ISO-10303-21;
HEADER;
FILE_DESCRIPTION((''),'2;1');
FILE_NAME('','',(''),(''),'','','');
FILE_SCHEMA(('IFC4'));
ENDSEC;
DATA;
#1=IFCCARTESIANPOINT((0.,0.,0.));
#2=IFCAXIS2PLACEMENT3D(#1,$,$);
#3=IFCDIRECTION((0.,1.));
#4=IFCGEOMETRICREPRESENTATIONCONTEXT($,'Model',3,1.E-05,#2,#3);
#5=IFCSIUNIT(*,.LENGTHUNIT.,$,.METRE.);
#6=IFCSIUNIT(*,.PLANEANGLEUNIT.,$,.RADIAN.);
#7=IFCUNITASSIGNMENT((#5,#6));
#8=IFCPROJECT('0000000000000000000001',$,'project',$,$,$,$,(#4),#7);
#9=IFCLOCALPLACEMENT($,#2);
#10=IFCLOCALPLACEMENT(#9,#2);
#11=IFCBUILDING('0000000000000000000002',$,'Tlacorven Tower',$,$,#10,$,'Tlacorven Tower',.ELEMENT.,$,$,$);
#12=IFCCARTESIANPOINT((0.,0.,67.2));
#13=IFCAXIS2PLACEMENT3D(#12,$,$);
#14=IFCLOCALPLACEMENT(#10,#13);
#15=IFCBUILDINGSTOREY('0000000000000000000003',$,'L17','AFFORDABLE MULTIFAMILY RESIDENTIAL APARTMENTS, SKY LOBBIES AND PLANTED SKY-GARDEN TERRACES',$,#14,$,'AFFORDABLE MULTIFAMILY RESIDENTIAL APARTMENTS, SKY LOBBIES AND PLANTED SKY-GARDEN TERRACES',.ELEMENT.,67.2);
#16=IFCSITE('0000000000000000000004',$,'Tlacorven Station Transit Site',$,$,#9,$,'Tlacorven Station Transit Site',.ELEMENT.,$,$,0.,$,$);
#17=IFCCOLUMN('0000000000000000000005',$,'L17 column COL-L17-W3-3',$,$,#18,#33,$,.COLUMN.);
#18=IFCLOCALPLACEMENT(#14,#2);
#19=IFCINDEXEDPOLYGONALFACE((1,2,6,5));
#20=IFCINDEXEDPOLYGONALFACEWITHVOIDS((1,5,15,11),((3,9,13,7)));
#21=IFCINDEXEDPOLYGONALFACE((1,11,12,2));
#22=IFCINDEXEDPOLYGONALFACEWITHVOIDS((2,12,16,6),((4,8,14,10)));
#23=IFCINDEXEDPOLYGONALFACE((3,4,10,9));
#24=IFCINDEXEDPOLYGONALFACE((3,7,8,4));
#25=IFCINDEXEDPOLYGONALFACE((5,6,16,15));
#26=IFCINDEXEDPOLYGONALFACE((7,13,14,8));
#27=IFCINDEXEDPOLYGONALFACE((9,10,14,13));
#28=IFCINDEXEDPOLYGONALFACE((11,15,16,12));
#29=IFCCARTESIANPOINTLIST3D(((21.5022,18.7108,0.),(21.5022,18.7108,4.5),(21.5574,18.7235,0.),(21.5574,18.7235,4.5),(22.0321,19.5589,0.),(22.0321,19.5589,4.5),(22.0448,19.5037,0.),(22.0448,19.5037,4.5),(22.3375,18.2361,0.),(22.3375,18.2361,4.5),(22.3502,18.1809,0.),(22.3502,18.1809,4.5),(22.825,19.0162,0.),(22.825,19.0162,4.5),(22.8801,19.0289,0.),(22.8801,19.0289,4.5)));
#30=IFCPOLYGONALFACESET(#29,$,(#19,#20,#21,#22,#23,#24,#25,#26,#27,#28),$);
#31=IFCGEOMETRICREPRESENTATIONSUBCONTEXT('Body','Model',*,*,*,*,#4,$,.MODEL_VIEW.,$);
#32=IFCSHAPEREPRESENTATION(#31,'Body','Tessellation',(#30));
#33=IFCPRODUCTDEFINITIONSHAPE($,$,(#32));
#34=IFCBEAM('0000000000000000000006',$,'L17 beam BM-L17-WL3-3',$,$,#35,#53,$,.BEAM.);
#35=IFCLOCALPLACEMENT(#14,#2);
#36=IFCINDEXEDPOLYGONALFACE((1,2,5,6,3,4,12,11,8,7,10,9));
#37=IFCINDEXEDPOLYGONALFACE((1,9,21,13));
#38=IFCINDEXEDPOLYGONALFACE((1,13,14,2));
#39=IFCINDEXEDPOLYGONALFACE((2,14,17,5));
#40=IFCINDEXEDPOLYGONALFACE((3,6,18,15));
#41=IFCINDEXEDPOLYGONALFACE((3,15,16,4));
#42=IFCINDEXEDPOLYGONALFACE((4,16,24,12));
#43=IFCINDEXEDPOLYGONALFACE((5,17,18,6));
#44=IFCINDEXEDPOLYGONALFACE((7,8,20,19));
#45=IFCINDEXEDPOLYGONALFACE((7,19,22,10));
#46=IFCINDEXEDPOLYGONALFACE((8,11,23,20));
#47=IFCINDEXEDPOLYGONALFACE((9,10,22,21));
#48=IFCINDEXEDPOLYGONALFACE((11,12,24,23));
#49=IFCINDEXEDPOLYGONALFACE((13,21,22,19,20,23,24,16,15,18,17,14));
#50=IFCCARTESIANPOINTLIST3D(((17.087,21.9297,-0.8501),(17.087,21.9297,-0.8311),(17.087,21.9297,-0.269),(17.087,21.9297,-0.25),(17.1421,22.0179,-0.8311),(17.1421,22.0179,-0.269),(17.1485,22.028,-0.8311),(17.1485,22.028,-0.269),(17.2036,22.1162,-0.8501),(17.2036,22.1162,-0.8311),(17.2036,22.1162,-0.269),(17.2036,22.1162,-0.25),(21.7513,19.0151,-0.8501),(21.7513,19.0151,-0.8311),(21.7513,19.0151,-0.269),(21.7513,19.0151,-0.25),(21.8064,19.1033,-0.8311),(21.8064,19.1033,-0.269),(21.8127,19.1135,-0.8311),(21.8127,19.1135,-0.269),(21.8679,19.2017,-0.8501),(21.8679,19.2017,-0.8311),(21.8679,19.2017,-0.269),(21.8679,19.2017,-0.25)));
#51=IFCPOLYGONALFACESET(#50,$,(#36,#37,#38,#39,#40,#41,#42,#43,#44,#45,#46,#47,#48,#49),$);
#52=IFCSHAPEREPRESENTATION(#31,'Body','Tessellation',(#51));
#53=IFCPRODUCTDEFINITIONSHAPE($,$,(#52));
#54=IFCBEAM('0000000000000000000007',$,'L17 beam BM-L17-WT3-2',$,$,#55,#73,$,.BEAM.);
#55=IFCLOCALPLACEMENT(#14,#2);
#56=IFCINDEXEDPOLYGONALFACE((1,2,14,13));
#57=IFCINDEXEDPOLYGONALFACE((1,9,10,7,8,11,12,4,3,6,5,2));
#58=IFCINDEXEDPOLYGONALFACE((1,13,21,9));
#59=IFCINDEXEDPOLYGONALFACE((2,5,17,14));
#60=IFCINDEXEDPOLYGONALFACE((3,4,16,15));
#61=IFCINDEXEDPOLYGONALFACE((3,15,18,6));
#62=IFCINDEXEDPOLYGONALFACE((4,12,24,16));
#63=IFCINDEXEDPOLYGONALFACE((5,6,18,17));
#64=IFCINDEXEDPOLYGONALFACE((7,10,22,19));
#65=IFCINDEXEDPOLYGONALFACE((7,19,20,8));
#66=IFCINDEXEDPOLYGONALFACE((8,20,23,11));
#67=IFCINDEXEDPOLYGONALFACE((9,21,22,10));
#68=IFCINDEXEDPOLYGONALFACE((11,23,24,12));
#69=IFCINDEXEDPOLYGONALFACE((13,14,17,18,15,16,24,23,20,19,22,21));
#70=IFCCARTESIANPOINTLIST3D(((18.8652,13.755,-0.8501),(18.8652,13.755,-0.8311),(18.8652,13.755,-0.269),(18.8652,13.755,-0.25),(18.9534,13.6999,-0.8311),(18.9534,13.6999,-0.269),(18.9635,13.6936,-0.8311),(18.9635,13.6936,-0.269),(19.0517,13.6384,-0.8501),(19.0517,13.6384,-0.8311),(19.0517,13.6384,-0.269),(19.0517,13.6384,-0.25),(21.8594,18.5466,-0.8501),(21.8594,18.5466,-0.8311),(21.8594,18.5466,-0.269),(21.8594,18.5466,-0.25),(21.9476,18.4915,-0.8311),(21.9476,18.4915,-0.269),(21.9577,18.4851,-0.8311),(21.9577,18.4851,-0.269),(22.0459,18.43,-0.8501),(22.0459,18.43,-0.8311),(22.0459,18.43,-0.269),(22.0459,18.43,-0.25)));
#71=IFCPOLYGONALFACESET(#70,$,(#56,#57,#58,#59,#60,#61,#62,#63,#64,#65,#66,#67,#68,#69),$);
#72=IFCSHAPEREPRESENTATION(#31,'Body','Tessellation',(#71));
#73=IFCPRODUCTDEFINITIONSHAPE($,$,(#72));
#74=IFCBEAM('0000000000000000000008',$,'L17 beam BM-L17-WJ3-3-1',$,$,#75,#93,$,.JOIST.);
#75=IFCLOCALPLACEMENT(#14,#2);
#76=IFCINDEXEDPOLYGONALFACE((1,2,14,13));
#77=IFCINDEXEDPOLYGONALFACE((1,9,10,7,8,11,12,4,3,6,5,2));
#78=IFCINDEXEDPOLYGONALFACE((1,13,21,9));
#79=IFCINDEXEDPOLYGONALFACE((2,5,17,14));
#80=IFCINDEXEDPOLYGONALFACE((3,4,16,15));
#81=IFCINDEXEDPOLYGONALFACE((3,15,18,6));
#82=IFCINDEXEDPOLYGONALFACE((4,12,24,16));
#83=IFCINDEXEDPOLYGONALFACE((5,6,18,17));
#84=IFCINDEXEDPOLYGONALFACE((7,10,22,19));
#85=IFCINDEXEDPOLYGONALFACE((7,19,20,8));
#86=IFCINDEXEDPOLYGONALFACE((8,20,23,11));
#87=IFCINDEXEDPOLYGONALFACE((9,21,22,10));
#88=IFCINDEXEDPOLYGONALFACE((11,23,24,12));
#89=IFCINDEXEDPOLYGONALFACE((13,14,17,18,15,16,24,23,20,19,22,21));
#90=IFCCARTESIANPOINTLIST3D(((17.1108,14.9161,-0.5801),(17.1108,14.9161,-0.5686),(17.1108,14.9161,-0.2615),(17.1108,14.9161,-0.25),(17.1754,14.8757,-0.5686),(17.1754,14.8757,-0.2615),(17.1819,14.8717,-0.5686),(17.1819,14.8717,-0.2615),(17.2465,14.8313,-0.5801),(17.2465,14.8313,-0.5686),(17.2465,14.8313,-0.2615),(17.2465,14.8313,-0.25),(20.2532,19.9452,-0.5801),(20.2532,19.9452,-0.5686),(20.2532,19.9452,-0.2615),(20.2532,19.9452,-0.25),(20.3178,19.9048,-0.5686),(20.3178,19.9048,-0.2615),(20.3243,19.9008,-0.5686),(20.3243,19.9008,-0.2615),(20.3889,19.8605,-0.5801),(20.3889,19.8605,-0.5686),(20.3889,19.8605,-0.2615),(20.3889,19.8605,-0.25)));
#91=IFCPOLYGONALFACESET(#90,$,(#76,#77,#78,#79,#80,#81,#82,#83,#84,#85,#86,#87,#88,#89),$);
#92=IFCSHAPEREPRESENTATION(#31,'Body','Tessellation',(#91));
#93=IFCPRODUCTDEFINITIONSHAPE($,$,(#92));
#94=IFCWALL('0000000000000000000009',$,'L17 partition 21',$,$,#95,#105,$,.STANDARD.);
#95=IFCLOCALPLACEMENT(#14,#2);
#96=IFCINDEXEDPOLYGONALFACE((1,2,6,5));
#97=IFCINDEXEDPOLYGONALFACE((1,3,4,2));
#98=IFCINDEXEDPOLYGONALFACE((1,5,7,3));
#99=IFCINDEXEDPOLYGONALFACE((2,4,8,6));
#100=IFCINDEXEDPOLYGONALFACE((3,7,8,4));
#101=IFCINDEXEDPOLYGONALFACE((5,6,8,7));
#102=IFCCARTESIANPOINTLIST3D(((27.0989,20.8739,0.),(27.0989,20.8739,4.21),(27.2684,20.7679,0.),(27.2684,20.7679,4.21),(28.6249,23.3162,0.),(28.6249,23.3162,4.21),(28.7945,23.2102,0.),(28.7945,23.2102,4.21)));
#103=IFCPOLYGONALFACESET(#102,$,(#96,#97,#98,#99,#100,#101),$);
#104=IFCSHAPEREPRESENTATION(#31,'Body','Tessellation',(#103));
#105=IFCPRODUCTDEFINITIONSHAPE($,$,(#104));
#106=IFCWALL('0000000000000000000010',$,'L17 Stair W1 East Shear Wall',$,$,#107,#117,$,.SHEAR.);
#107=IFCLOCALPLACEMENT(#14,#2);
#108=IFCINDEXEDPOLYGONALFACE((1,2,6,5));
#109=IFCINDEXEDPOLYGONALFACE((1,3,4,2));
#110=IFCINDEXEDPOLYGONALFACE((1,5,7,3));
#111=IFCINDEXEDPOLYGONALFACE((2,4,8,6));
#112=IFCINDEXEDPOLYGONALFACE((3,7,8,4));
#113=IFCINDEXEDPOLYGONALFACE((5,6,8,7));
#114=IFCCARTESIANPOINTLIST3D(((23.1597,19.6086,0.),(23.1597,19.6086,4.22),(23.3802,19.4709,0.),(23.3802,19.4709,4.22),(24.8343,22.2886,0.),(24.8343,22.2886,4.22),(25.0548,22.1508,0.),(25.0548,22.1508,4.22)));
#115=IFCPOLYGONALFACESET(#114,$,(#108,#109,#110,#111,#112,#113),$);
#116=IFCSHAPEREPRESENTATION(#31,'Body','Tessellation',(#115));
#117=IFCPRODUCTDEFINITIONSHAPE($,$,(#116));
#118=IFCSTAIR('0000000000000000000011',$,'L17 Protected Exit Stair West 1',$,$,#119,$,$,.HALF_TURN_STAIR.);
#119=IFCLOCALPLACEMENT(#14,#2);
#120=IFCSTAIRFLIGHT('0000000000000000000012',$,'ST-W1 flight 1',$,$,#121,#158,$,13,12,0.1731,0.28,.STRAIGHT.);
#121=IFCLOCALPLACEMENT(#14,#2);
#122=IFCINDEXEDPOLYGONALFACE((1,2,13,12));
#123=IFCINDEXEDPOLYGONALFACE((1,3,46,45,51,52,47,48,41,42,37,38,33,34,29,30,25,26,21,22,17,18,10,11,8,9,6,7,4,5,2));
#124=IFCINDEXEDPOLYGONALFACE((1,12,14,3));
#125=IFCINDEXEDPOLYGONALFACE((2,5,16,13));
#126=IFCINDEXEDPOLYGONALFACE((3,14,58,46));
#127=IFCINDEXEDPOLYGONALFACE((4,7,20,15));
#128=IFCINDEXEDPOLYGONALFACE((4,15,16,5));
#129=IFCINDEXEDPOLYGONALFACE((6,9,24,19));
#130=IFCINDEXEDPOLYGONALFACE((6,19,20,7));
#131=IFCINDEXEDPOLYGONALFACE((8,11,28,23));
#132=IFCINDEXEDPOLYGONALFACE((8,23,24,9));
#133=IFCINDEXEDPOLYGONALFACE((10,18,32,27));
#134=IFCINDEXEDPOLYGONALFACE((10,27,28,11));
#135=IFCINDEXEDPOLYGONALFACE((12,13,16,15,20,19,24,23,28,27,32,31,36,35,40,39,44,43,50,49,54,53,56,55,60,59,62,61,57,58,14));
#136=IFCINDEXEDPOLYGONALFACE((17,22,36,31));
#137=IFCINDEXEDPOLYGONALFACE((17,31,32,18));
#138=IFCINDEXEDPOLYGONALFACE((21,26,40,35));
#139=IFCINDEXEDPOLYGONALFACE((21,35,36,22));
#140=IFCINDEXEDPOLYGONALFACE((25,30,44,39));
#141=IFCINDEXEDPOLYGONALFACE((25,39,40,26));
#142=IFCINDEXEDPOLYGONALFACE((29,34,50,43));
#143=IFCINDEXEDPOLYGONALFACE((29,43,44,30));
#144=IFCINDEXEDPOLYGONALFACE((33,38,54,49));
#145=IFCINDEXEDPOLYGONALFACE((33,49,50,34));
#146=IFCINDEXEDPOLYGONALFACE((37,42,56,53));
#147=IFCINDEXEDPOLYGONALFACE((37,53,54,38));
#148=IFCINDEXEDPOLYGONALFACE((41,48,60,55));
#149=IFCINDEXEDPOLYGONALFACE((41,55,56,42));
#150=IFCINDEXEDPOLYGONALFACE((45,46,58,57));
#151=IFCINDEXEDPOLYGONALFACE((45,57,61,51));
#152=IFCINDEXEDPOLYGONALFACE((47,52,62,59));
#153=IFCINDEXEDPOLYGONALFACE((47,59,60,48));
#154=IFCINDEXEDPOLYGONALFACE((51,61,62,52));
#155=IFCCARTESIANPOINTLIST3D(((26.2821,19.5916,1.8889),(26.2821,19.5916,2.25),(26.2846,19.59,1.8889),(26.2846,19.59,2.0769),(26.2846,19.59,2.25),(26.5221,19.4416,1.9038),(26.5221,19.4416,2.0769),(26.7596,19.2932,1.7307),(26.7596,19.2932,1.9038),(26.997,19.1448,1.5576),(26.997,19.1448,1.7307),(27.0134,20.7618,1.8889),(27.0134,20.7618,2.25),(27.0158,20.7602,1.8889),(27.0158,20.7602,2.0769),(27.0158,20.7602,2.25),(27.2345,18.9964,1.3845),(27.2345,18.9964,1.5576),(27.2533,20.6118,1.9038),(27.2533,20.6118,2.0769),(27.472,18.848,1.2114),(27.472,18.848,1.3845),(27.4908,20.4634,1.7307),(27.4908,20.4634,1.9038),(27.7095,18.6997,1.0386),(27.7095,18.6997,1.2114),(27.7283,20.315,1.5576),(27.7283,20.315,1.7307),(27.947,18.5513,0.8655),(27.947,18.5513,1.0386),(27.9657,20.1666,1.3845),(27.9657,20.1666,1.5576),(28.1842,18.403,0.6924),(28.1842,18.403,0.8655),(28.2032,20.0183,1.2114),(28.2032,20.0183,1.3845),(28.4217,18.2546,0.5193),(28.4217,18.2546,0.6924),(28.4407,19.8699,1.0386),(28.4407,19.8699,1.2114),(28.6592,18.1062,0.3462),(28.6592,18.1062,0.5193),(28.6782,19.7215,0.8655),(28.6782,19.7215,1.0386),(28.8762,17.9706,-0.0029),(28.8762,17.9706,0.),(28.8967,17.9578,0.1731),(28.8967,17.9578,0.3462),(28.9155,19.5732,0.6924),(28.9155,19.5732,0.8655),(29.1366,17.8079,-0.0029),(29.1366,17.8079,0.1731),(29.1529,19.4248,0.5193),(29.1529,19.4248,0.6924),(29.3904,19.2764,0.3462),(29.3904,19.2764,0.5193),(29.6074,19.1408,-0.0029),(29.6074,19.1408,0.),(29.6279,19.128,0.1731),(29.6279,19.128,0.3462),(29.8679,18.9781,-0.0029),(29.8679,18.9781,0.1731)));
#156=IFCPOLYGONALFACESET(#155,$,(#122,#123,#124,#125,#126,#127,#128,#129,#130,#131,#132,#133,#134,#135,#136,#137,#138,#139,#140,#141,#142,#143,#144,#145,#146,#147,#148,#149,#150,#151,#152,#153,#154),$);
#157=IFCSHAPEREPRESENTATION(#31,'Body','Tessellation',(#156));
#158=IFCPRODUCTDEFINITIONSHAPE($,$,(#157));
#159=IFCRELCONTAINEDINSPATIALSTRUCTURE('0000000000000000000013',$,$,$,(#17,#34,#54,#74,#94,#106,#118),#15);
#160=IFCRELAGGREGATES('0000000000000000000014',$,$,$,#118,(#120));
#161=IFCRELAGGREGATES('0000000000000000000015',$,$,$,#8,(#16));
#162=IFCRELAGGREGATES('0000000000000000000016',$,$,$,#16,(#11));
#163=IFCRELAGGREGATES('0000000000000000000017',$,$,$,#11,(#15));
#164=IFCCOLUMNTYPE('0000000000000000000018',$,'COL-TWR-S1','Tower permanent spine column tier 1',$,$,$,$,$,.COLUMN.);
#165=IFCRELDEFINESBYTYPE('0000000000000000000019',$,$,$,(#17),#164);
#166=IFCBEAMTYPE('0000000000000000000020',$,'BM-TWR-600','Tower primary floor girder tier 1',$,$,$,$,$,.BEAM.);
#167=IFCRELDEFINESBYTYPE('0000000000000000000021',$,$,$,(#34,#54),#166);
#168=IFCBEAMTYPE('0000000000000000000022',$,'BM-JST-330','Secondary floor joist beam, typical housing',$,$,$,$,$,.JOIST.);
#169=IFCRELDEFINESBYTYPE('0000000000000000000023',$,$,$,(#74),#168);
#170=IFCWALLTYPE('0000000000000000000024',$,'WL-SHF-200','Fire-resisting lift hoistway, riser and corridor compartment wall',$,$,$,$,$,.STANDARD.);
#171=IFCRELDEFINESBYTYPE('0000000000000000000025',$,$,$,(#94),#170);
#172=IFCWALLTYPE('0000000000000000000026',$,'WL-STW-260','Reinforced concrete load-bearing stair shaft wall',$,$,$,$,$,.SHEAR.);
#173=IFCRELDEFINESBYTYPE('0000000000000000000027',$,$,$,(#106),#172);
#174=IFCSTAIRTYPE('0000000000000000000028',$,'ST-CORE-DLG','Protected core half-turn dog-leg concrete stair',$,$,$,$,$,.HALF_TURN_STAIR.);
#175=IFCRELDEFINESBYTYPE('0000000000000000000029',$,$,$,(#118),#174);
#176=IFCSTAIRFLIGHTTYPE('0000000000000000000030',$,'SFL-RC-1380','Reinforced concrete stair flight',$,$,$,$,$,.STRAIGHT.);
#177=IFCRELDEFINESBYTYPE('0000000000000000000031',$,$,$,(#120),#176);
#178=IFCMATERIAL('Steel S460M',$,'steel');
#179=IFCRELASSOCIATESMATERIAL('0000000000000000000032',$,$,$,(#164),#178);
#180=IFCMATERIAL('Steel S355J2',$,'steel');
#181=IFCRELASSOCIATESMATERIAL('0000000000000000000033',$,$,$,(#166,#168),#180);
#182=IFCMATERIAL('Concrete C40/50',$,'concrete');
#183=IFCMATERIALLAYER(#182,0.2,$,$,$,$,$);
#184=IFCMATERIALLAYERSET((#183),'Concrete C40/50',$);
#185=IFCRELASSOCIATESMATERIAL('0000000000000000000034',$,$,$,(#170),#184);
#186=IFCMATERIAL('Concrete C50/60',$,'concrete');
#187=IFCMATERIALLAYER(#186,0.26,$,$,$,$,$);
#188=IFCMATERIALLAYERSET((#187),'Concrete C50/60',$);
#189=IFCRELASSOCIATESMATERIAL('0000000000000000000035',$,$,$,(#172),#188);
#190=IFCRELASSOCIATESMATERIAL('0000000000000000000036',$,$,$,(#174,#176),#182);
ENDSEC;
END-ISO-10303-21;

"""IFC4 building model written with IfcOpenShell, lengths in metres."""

from ifc_helpers import new_model, si_unit, direction, frame, frame_2d, origin, origin_2d, place, context, subcontext, project, spatial, polyline, rectangle, hollow_rectangle, i_section, outline, extrude, source, transform, mapped, material, layer, layer_set, material_profile, profile_set, type_object, element, aggregate, save


model = new_model("IFC4")

# Units and contexts
model_context = context("Model", 3, precision=1e-05, world=origin(), true_north=direction((0.0, 1.0)))
body_context = subcontext(model_context, "Body", "Model", "MODEL_VIEW")
ifc_project = project(units=[si_unit("LENGTHUNIT", "METRE"), si_unit("PLANEANGLEUNIT", "RADIAN")], contexts=[model_context])

# Site, building, storey
site_placement = place(None, origin())
site = spatial("IfcSite", under=ifc_project, at=site_placement, Name="Tlacorven Station Transit Site", LongName="Tlacorven Station Transit Site", CompositionType="ELEMENT", RefElevation=0.0)
building_placement = place(site_placement, origin())
building = spatial("IfcBuilding", under=site, at=building_placement, Name="Tlacorven Tower", LongName="Tlacorven Tower", CompositionType="ELEMENT")
storey_placement = place(building_placement, frame((0.0, 0.0, 67.2)))
storey = spatial("IfcBuildingStorey", under=building, at=storey_placement, Name="L17", Description="AFFORDABLE MULTIFAMILY RESIDENTIAL APARTMENTS, SKY LOBBIES AND PLANTED SKY-GARDEN TERRACES", LongName="AFFORDABLE MULTIFAMILY RESIDENTIAL APARTMENTS, SKY LOBBIES AND PLANTED SKY-GARDEN TERRACES", CompositionType="ELEMENT", Elevation=67.2)

# Column
ifc_material_1 = material(Name="Steel S460M", Category="steel")
ifc_material_profile_1 = material_profile(ifc_material_1, hollow_rectangle(XDim=1.0, YDim=1.0, WallThickness=0.04, at=origin_2d()), Name="BOX 1000X1000X40")
ifc_profile_set_1 = profile_set([ifc_material_profile_1], Name="Steel S460M")
column_type = type_object("IfcColumnType", Name="COL-TWR-S1", Description="Tower permanent spine column tier 1", PredefinedType="COLUMN", material=ifc_profile_set_1)
shared_shape_1 = source(origin(), body_context, "Body", "SweptSolid", [
    extrude(hollow_rectangle(XDim=1.0, YDim=1.0, WallThickness=0.04, at=origin_2d()), origin(), (0.0, 0.0, 1.0), 4.5),
])
column_placement = place(storey_placement, frame((22.1912, 18.8699, 0.0), z_axis=(0.0, 0.0, 1.0), x_axis=(-0.848048, 0.529919, 0.0)))
element("IfcColumn", 1, at=column_placement, inside=storey, type_object=column_type, Name="L17 column COL-L17-W3-3", PredefinedType="COLUMN", context=body_context, shape_type="MappedRepresentation", body=[
    mapped(shared_shape_1, transform((0.0, 0.0, 0.0), scale=1.0)),
])

# Beams
ifc_material_2 = material(Name="Steel S355J2", Category="steel")
ifc_material_profile_2 = material_profile(ifc_material_2, i_section(OverallWidth=0.22, OverallDepth=0.6001, WebThickness=0.012, FlangeThickness=0.019, at=origin_2d()), Name="IPE 600")
ifc_profile_set_2 = profile_set([ifc_material_profile_2], Name="Steel S355J2")
beam_type_1 = type_object("IfcBeamType", Name="BM-TWR-600", Description="Tower primary floor girder tier 1", PredefinedType="BEAM", material=ifc_profile_set_2)
shared_shape_2 = source(origin(), body_context, "Body", "SweptSolid", [
    extrude(i_section(OverallWidth=0.22, OverallDepth=0.6001, WebThickness=0.012, FlangeThickness=0.019, at=origin_2d()), origin(), (0.0, 0.0, 1.0), 5.5),
])
beam_1_placement = place(storey_placement, frame((21.8096, 19.1084, -0.55), z_axis=(-0.848051, 0.529915, 0.0), x_axis=(-0.529915, -0.848051, 0.0)))
element("IfcBeam", 2, at=beam_1_placement, inside=storey, type_object=beam_type_1, Name="L17 beam BM-L17-WL3-3", PredefinedType="BEAM", context=body_context, shape_type="MappedRepresentation", body=[
    mapped(shared_shape_2, transform((0.0, 0.0, 0.0), scale=1.0)),
])
shared_shape_3 = source(origin(), body_context, "Body", "SweptSolid", [
    extrude(i_section(OverallWidth=0.22, OverallDepth=0.6001, WebThickness=0.012, FlangeThickness=0.019, at=origin_2d()), origin(), (0.0, 0.0, 1.0), 5.6501),
])
beam_2_placement = place(storey_placement, frame((21.9526, 18.4883, -0.55), z_axis=(-0.529929, -0.848042, 0.0), x_axis=(0.848042, -0.529929, 0.0)))
element("IfcBeam", 3, at=beam_2_placement, inside=storey, type_object=beam_type_1, Name="L17 beam BM-L17-WT3-2", PredefinedType="BEAM", context=body_context, shape_type="MappedRepresentation", body=[
    mapped(shared_shape_3, transform((0.0, 0.0, 0.0), scale=1.0)),
])
ifc_material_profile_3 = material_profile(ifc_material_2, i_section(OverallWidth=0.1599, OverallDepth=0.3301, WebThickness=0.0076, FlangeThickness=0.0115, at=origin_2d()), Name="IPE 330")
ifc_profile_set_3 = profile_set([ifc_material_profile_3], Name="Steel S355J2")
beam_type_2 = type_object("IfcBeamType", Name="BM-JST-330", Description="Secondary floor joist beam, typical housing", PredefinedType="JOIST", material=ifc_profile_set_3)
shared_shape_4 = source(origin(), body_context, "Body", "SweptSolid", [
    extrude(i_section(OverallWidth=0.1599, OverallDepth=0.3301, WebThickness=0.0076, FlangeThickness=0.0115, at=origin_2d()), origin(), (0.0, 0.0, 1.0), 5.9302),
])
beam_3_placement = place(storey_placement, frame((20.321, 19.9028, -0.415), z_axis=(-0.529899, -0.848061, 0.0), x_axis=(0.848061, -0.529899, 0.0)))
element("IfcBeam", 4, at=beam_3_placement, inside=storey, type_object=beam_type_2, Name="L17 beam BM-L17-WJ3-3-1", PredefinedType="JOIST", context=body_context, shape_type="MappedRepresentation", body=[
    mapped(shared_shape_4, transform((0.0, 0.0, 0.0), scale=1.0)),
])

# Walls
ifc_material_3 = material(Name="Concrete C40/50", Category="concrete")
ifc_layer_1 = layer(ifc_material_3, 0.2)
ifc_layer_set_1 = layer_set([ifc_layer_1], Name="Concrete C40/50")
wall_type_1 = type_object("IfcWallType", Name="WL-SHF-200", Description="Fire-resisting lift hoistway, riser and corridor compartment wall", PredefinedType="STANDARD", material=ifc_layer_set_1)
wall_1_placement = place(storey_placement, frame((28.7097, 23.2632, 0.0), z_axis=(0.0, 0.0, 1.0), x_axis=(-0.529907, -0.848055, 0.0)))
element("IfcWall", 5, at=wall_1_placement, inside=storey, type_object=wall_type_1, Name="L17 partition 21", PredefinedType="STANDARD", context=body_context, shape_type="SweptSolid", body=[
    extrude(rectangle(XDim=2.8799, YDim=0.2, at=frame_2d((1.4399, 0.0))), origin(), (0.0, 0.0, 1.0), 4.21),
])
ifc_material_4 = material(Name="Concrete C50/60", Category="concrete")
ifc_layer_2 = layer(ifc_material_4, 0.26)
ifc_layer_set_2 = layer_set([ifc_layer_2], Name="Concrete C50/60")
wall_type_2 = type_object("IfcWallType", Name="WL-STW-260", Description="Reinforced concrete load-bearing stair shaft wall", PredefinedType="SHEAR", material=ifc_layer_set_2)
wall_2_placement = place(storey_placement, frame((24.9446, 22.2197, 0.0), z_axis=(0.0, 0.0, 1.0), x_axis=(-0.529909, -0.848055, 0.0)))
element("IfcWall", 6, at=wall_2_placement, inside=storey, type_object=wall_type_2, Name="L17 Stair W1 East Shear Wall", PredefinedType="SHEAR", context=body_context, shape_type="SweptSolid", body=[
    extrude(rectangle(XDim=3.1602, YDim=0.26, at=frame_2d((1.5801, 0.0))), origin(), (0.0, 0.0, 1.0), 4.22),
])

# Stair, stair flight
stair_type = type_object("IfcStairType", Name="ST-CORE-DLG", Description="Protected core half-turn dog-leg concrete stair", PredefinedType="HALF_TURN_STAIR", material=ifc_material_3)
stair_placement = place(storey_placement, origin())
stair = element("IfcStair", 7, at=stair_placement, inside=storey, type_object=stair_type, Name="L17 Protected Exit Stair West 1", PredefinedType="HALF_TURN_STAIR")
stair_flight_type = type_object("IfcStairFlightType", Name="SFL-RC-1380", Description="Reinforced concrete stair flight", PredefinedType="STRAIGHT", material=ifc_material_3)
shared_shape_5 = source(origin(), body_context, "Body", "SweptSolid", [
    extrude(outline(polyline([(-0.0029, -0.0029), (-0.0029, 0.1731), (0.28, 0.1731), (0.28, 0.3462), (0.5601, 0.3462), (0.5601, 0.5193), (0.8401, 0.5193), (0.8401, 0.6924), (1.1201, 0.6924), (1.1201, 0.8655), (1.3999, 0.8655), (1.3999, 1.0386), (1.6799, 1.0386), (1.6799, 1.2114), (1.96, 1.2114), (1.96, 1.3845), (2.24, 1.3845), (2.24, 1.5576), (2.52, 1.5576), (2.52, 1.7307), (2.8, 1.7307), (2.8, 1.9038), (3.0801, 1.9038), (3.0801, 2.0769), (3.3601, 2.0769), (3.3601, 2.25), (3.363, 2.25), (3.363, 1.8889), (3.3601, 1.8889), (0.3042, 0.0), (0.3042, -0.0029), (-0.0029, -0.0029)])), frame((0.0, 0.6899, 0.0), z_axis=(0.0, -1.0, 0.0), x_axis=(1.0, 0.0, 0.0)), (0.0, 0.0, 1.0), 1.3799),
])
stair_flight_1_placement = place(storey_placement, frame((29.4998, 18.3945, 0.0), z_axis=(0.0, 0.0, 1.0), x_axis=(-0.848048, 0.529919, 0.0)))
stair_flight_1 = element("IfcStairFlight", 8, at=stair_flight_1_placement, type_object=stair_flight_type, Name="ST-W1 flight 1", NumberOfRisers=13, NumberOfTreads=12, PredefinedType="STRAIGHT", RiserHeight=0.1731, TreadLength=0.28, context=body_context, shape_type="MappedRepresentation", body=[
    mapped(shared_shape_5, transform((0.0, 0.0, 0.0), scale=1.0)),
])
aggregate(stair, [stair_flight_1])

save(model, "model.ifc")
